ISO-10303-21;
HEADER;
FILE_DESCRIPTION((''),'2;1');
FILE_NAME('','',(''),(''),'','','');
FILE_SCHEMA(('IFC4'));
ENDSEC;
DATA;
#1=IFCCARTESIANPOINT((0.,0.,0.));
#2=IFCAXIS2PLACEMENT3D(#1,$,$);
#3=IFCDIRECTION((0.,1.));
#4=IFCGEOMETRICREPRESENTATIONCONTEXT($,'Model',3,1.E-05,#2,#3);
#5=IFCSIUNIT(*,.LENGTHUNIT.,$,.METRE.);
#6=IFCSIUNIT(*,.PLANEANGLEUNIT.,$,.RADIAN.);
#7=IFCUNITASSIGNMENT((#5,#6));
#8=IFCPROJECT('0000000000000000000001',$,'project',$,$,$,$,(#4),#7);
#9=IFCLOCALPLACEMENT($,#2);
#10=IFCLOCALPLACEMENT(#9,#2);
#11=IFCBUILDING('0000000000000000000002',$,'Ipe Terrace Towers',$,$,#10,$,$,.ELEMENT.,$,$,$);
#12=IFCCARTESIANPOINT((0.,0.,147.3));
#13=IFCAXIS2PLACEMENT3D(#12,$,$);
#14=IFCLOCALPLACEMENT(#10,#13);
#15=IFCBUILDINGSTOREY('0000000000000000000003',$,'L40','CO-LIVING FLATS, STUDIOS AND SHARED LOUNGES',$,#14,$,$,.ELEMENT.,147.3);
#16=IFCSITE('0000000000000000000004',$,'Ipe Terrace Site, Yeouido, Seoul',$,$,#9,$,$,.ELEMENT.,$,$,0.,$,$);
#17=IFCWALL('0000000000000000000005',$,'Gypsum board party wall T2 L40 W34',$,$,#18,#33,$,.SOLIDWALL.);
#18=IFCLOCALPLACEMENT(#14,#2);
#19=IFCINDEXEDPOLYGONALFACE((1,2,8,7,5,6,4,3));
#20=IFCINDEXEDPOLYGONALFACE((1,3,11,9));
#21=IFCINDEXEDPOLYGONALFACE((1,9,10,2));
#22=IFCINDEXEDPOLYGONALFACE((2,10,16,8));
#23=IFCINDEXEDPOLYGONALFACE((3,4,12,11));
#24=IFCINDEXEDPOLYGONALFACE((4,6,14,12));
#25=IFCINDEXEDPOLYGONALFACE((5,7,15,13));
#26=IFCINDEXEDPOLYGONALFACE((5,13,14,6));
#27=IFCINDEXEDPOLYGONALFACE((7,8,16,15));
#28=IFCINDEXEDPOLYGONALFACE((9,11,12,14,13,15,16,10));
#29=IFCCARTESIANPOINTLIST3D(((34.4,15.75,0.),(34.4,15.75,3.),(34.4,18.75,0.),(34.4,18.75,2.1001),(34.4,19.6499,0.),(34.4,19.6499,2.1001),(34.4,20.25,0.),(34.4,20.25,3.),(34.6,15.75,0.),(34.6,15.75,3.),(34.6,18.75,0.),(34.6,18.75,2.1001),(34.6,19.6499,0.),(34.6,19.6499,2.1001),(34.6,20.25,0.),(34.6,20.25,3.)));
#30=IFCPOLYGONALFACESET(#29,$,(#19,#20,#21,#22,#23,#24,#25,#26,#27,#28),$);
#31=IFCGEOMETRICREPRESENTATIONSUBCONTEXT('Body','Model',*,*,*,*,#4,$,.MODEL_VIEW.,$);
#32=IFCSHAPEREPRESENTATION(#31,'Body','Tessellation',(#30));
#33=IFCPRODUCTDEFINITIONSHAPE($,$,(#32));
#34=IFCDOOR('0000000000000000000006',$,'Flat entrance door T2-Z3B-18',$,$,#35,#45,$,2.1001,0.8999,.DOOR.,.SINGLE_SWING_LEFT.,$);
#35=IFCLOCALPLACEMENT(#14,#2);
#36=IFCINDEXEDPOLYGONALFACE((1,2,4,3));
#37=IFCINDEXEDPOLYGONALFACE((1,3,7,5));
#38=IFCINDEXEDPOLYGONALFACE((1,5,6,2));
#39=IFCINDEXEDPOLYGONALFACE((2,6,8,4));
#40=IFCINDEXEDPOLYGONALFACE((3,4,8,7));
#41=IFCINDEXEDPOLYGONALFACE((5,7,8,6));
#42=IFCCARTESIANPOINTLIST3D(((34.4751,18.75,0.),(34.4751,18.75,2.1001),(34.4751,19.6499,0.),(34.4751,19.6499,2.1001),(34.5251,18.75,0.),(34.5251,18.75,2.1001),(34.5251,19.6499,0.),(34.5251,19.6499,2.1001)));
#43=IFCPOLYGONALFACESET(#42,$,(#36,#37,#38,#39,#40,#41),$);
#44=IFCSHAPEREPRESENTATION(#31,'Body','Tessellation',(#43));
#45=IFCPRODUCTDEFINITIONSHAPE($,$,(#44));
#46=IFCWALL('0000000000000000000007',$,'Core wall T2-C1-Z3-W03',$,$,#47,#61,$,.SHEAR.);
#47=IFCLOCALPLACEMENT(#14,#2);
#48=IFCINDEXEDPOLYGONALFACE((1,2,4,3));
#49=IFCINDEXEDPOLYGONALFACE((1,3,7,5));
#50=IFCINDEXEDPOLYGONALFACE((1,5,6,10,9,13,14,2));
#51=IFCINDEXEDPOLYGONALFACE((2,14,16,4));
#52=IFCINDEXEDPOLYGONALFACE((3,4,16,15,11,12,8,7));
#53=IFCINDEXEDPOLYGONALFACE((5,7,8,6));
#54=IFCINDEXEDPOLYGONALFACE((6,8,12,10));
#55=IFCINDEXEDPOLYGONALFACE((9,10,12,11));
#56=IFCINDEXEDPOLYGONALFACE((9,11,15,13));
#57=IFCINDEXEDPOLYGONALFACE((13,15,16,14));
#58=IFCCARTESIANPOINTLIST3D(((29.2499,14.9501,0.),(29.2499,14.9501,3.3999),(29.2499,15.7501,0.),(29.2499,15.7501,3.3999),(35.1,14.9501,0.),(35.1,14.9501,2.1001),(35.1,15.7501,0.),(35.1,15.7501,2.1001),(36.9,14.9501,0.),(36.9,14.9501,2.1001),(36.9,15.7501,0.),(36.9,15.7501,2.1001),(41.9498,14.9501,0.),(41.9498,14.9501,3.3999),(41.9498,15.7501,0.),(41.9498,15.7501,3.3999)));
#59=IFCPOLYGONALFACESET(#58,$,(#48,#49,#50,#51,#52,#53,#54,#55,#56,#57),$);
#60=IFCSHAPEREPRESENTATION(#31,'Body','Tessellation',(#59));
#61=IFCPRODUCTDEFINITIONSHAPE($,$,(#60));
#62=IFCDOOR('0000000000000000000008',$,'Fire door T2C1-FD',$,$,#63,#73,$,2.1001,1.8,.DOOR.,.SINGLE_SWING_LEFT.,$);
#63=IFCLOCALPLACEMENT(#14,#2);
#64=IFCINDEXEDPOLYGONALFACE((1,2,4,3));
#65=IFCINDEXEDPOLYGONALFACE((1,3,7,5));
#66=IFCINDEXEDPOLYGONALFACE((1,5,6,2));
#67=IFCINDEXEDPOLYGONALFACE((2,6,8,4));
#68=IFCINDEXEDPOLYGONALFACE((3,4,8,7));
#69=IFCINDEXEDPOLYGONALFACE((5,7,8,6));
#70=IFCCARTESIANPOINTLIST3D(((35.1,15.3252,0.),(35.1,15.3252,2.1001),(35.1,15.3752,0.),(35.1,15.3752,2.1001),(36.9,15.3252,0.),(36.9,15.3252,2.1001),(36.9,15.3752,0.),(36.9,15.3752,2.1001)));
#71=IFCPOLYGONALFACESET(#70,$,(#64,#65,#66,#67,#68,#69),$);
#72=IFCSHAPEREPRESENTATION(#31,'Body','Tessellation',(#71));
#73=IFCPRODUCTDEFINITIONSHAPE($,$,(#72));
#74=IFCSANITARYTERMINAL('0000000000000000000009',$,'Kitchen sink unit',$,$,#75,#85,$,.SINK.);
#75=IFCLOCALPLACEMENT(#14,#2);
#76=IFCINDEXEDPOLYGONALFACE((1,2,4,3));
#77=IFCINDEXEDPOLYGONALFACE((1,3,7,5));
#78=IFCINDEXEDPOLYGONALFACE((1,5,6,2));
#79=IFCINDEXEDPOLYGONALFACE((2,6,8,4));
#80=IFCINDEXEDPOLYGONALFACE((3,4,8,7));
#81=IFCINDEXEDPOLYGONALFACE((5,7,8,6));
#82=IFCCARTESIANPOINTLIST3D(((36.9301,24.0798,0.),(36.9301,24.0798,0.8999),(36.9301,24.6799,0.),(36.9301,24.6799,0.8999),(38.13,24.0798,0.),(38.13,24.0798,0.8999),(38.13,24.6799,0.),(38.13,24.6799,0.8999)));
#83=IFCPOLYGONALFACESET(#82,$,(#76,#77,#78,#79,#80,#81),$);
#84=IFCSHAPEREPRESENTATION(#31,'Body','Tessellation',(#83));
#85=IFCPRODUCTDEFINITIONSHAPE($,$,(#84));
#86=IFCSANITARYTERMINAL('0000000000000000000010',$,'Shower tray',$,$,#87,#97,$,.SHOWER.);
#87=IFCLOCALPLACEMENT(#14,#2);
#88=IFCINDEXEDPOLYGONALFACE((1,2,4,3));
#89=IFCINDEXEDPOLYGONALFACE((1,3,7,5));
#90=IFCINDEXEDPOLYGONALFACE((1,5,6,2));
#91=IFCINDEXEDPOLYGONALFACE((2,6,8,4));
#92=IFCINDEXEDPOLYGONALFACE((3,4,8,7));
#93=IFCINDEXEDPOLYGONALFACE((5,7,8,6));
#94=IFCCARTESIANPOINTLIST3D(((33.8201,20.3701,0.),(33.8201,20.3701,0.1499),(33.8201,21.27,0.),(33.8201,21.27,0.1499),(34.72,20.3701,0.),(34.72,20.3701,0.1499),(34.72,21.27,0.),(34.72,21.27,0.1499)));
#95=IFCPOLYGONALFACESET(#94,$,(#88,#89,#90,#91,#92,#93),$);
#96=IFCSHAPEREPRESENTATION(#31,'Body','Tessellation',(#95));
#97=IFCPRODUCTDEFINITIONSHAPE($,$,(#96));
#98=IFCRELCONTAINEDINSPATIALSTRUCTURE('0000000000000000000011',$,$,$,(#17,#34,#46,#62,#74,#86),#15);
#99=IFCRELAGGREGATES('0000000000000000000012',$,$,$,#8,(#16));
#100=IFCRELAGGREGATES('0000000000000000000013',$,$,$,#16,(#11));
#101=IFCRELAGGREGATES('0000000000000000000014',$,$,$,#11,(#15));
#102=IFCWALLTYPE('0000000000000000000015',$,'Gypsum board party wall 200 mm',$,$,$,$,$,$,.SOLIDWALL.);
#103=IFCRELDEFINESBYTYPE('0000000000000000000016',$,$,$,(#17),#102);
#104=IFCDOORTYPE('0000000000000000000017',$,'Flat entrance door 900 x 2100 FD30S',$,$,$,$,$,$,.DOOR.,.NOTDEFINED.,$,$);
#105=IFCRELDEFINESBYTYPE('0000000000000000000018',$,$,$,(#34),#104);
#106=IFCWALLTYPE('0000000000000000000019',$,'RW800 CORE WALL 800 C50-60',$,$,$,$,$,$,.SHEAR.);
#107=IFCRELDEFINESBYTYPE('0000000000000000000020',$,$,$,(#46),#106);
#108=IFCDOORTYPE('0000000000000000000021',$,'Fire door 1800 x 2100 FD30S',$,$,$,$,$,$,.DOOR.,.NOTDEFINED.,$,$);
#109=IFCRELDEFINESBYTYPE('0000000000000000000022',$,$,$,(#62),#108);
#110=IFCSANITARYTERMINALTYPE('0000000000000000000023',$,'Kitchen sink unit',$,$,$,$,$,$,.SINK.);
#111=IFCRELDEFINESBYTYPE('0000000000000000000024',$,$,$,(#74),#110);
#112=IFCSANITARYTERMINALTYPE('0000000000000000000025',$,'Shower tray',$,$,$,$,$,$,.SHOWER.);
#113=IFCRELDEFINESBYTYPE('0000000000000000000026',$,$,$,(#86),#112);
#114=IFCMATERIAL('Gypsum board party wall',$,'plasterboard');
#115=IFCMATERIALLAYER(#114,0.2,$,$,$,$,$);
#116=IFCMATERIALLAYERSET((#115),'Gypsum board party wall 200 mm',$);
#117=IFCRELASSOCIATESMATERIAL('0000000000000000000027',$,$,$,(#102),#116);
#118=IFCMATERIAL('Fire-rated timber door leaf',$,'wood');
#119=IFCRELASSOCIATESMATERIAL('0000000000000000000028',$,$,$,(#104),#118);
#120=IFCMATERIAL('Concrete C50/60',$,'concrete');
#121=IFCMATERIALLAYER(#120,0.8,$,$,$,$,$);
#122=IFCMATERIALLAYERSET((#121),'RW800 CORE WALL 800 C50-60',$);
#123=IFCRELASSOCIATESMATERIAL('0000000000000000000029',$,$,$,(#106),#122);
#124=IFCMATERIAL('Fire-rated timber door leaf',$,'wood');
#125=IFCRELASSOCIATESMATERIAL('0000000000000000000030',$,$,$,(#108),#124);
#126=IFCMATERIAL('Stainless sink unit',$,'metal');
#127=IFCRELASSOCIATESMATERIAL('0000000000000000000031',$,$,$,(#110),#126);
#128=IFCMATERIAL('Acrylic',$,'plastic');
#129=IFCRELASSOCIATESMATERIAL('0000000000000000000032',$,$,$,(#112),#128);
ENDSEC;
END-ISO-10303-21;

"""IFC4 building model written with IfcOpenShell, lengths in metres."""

from ifc_helpers import new_model, si_unit, direction, frame, frame_2d, origin, origin_2d, place, context, subcontext, project, spatial, rectangle, extrude, material, layer, layer_set, type_object, element, fill, save


model = new_model("IFC4")

# Units and contexts
model_context = context("Model", 3, precision=1e-05, world=origin(), true_north=direction((0.0, 1.0)))
body_context = subcontext(model_context, "Body", "Model", "MODEL_VIEW")
ifc_project = project(units=[si_unit("LENGTHUNIT", "METRE"), si_unit("PLANEANGLEUNIT", "RADIAN")], contexts=[model_context])

# Site, building, storey
site_placement = place(None, origin())
site = spatial("IfcSite", under=ifc_project, at=site_placement, Name="Ipe Terrace Site, Yeouido, Seoul", CompositionType="ELEMENT", RefElevation=0.0)
building_placement = place(site_placement, origin())
building = spatial("IfcBuilding", under=site, at=building_placement, Name="Ipe Terrace Towers", CompositionType="ELEMENT")
storey_placement = place(building_placement, frame((0.0, 0.0, 147.3)))
storey = spatial("IfcBuildingStorey", under=building, at=storey_placement, Name="L40", Description="CO-LIVING FLATS, STUDIOS AND SHARED LOUNGES", CompositionType="ELEMENT", Elevation=147.3)

# Walls, openings, doors
ifc_material_1 = material(Name="Gypsum board party wall", Category="plasterboard")
ifc_layer_1 = layer(ifc_material_1, 0.2)
ifc_layer_set_1 = layer_set([ifc_layer_1], Name="Gypsum board party wall 200 mm")
wall_type_1 = type_object("IfcWallType", Name="Gypsum board party wall 200 mm", PredefinedType="SOLIDWALL", material=ifc_layer_set_1)
ifc_material_2 = material(Name="Fire-rated timber door leaf", Category="wood")
door_type_1 = type_object("IfcDoorType", Name="Flat entrance door 900 x 2100 FD30S", OperationType="NOTDEFINED", PredefinedType="DOOR", material=ifc_material_2)
wall_1_placement = place(storey_placement, frame((34.5, 15.75, 0.0), z_axis=(0.0, 0.0, 1.0), x_axis=(0.0, 1.0, 0.0)))
wall_1 = element("IfcWall", 1, at=wall_1_placement, inside=storey, type_object=wall_type_1, Name="Gypsum board party wall T2 L40 W34", PredefinedType="SOLIDWALL", context=body_context, shape_type="SweptSolid", body=[
    extrude(rectangle(XDim=4.5, YDim=0.2, at=frame_2d((2.25, 0.0))), origin(), (0.0, 0.0, 1.0), 3.0),
])
opening_1_placement = place(wall_1_placement, frame((3.0, 0.0, 0.0)))
opening_1 = element("IfcOpeningElement", 2, at=opening_1_placement, cuts=wall_1, PredefinedType="OPENING", context=body_context, shape_type="SweptSolid", body=[
    extrude(rectangle(XDim=0.8999, YDim=2.1001, at=frame_2d((0.45, 1.05))), frame((0.0, 0.1099, 0.0), z_axis=(0.0, -1.0, 0.0), x_axis=(1.0, 0.0, 0.0)), (0.0, 0.0, 1.0), 0.22),
])
door_1_placement = place(opening_1_placement, origin())
door_1 = element("IfcDoor", 3, at=door_1_placement, inside=storey, type_object=door_type_1, Name="Flat entrance door T2-Z3B-18", OperationType="SINGLE_SWING_LEFT", OverallHeight=2.1001, OverallWidth=0.8999, PredefinedType="DOOR", context=body_context, shape_type="SweptSolid", body=[
    extrude(rectangle(XDim=0.8999, YDim=2.1001, at=frame_2d((0.45, 1.05))), frame((0.0, 0.0249, 0.0), z_axis=(0.0, -1.0, 0.0), x_axis=(1.0, 0.0, 0.0)), (0.0, 0.0, 1.0), 0.05),
])
fill(opening_1, door_1)
ifc_material_3 = material(Name="Concrete C50/60", Category="concrete")
ifc_layer_2 = layer(ifc_material_3, 0.8)
ifc_layer_set_2 = layer_set([ifc_layer_2], Name="RW800 CORE WALL 800 C50-60")
wall_type_2 = type_object("IfcWallType", Name="RW800 CORE WALL 800 C50-60", PredefinedType="SHEAR", material=ifc_layer_set_2)
wall_2_placement = place(storey_placement, frame((41.95, 15.3501, 0.0), z_axis=(0.0, 0.0, 1.0), x_axis=(-1.0, 0.0, 0.0)))
wall_2 = element("IfcWall", 4, at=wall_2_placement, inside=storey, type_object=wall_type_2, Name="Core wall T2-C1-Z3-W03", PredefinedType="SHEAR", context=body_context, shape_type="SweptSolid", body=[
    extrude(rectangle(XDim=12.7, YDim=0.8, at=frame_2d((6.3501, 0.0))), origin(), (0.0, 0.0, 1.0), 3.3999),
])
opening_2_placement = place(wall_2_placement, frame((5.05, 0.0, 0.0)))
opening_2 = element("IfcOpeningElement", 5, at=opening_2_placement, cuts=wall_2, PredefinedType="OPENING", context=body_context, shape_type="SweptSolid", body=[
    extrude(rectangle(XDim=1.8, YDim=2.1001, at=frame_2d((0.8999, 1.05))), frame((0.0, 0.4102, 0.0), z_axis=(0.0, -1.0, 0.0), x_axis=(1.0, 0.0, 0.0)), (0.0, 0.0, 1.0), 0.8201),
])
ifc_material_4 = material(Name="Fire-rated timber door leaf", Category="wood")
door_type_2 = type_object("IfcDoorType", Name="Fire door 1800 x 2100 FD30S", OperationType="NOTDEFINED", PredefinedType="DOOR", material=ifc_material_4)
door_2_placement = place(opening_2_placement, origin())
door_2 = element("IfcDoor", 6, at=door_2_placement, inside=storey, type_object=door_type_2, Name="Fire door T2C1-FD", OperationType="SINGLE_SWING_LEFT", OverallHeight=2.1001, OverallWidth=1.8, PredefinedType="DOOR", context=body_context, shape_type="SweptSolid", body=[
    extrude(rectangle(XDim=1.8, YDim=2.1001, at=frame_2d((0.8999, 1.05))), frame((0.0, 0.0249, 0.0), z_axis=(0.0, -1.0, 0.0), x_axis=(1.0, 0.0, 0.0)), (0.0, 0.0, 1.0), 0.05),
])
fill(opening_2, door_2)

# Sanitary terminals
ifc_material_5 = material(Name="Stainless sink unit", Category="metal")
sanitary_terminal_type_1 = type_object("IfcSanitaryTerminalType", Name="Kitchen sink unit", PredefinedType="SINK", material=ifc_material_5)
sanitary_terminal_1_placement = place(storey_placement, frame((37.53, 24.3799, 0.0), z_axis=(0.0, 0.0, 1.0), x_axis=(1.0, 0.0, 0.0)))
element("IfcSanitaryTerminal", 7, at=sanitary_terminal_1_placement, inside=storey, type_object=sanitary_terminal_type_1, Name="Kitchen sink unit", PredefinedType="SINK", context=body_context, shape_type="SweptSolid", body=[
    extrude(rectangle(XDim=1.2, YDim=0.6001, at=origin_2d()), origin(), (0.0, 0.0, 1.0), 0.8999),
])
ifc_material_6 = material(Name="Acrylic", Category="plastic")
sanitary_terminal_type_2 = type_object("IfcSanitaryTerminalType", Name="Shower tray", PredefinedType="SHOWER", material=ifc_material_6)
sanitary_terminal_2_placement = place(storey_placement, frame((34.27, 20.8201, 0.0), z_axis=(0.0, 0.0, 1.0), x_axis=(1.0, 0.0, 0.0)))
element("IfcSanitaryTerminal", 8, at=sanitary_terminal_2_placement, inside=storey, type_object=sanitary_terminal_type_2, Name="Shower tray", PredefinedType="SHOWER", context=body_context, shape_type="SweptSolid", body=[
    extrude(rectangle(XDim=0.8999, YDim=0.8999, at=origin_2d()), origin(), (0.0, 0.0, 1.0), 0.1499),
])

save(model, "model.ifc")
